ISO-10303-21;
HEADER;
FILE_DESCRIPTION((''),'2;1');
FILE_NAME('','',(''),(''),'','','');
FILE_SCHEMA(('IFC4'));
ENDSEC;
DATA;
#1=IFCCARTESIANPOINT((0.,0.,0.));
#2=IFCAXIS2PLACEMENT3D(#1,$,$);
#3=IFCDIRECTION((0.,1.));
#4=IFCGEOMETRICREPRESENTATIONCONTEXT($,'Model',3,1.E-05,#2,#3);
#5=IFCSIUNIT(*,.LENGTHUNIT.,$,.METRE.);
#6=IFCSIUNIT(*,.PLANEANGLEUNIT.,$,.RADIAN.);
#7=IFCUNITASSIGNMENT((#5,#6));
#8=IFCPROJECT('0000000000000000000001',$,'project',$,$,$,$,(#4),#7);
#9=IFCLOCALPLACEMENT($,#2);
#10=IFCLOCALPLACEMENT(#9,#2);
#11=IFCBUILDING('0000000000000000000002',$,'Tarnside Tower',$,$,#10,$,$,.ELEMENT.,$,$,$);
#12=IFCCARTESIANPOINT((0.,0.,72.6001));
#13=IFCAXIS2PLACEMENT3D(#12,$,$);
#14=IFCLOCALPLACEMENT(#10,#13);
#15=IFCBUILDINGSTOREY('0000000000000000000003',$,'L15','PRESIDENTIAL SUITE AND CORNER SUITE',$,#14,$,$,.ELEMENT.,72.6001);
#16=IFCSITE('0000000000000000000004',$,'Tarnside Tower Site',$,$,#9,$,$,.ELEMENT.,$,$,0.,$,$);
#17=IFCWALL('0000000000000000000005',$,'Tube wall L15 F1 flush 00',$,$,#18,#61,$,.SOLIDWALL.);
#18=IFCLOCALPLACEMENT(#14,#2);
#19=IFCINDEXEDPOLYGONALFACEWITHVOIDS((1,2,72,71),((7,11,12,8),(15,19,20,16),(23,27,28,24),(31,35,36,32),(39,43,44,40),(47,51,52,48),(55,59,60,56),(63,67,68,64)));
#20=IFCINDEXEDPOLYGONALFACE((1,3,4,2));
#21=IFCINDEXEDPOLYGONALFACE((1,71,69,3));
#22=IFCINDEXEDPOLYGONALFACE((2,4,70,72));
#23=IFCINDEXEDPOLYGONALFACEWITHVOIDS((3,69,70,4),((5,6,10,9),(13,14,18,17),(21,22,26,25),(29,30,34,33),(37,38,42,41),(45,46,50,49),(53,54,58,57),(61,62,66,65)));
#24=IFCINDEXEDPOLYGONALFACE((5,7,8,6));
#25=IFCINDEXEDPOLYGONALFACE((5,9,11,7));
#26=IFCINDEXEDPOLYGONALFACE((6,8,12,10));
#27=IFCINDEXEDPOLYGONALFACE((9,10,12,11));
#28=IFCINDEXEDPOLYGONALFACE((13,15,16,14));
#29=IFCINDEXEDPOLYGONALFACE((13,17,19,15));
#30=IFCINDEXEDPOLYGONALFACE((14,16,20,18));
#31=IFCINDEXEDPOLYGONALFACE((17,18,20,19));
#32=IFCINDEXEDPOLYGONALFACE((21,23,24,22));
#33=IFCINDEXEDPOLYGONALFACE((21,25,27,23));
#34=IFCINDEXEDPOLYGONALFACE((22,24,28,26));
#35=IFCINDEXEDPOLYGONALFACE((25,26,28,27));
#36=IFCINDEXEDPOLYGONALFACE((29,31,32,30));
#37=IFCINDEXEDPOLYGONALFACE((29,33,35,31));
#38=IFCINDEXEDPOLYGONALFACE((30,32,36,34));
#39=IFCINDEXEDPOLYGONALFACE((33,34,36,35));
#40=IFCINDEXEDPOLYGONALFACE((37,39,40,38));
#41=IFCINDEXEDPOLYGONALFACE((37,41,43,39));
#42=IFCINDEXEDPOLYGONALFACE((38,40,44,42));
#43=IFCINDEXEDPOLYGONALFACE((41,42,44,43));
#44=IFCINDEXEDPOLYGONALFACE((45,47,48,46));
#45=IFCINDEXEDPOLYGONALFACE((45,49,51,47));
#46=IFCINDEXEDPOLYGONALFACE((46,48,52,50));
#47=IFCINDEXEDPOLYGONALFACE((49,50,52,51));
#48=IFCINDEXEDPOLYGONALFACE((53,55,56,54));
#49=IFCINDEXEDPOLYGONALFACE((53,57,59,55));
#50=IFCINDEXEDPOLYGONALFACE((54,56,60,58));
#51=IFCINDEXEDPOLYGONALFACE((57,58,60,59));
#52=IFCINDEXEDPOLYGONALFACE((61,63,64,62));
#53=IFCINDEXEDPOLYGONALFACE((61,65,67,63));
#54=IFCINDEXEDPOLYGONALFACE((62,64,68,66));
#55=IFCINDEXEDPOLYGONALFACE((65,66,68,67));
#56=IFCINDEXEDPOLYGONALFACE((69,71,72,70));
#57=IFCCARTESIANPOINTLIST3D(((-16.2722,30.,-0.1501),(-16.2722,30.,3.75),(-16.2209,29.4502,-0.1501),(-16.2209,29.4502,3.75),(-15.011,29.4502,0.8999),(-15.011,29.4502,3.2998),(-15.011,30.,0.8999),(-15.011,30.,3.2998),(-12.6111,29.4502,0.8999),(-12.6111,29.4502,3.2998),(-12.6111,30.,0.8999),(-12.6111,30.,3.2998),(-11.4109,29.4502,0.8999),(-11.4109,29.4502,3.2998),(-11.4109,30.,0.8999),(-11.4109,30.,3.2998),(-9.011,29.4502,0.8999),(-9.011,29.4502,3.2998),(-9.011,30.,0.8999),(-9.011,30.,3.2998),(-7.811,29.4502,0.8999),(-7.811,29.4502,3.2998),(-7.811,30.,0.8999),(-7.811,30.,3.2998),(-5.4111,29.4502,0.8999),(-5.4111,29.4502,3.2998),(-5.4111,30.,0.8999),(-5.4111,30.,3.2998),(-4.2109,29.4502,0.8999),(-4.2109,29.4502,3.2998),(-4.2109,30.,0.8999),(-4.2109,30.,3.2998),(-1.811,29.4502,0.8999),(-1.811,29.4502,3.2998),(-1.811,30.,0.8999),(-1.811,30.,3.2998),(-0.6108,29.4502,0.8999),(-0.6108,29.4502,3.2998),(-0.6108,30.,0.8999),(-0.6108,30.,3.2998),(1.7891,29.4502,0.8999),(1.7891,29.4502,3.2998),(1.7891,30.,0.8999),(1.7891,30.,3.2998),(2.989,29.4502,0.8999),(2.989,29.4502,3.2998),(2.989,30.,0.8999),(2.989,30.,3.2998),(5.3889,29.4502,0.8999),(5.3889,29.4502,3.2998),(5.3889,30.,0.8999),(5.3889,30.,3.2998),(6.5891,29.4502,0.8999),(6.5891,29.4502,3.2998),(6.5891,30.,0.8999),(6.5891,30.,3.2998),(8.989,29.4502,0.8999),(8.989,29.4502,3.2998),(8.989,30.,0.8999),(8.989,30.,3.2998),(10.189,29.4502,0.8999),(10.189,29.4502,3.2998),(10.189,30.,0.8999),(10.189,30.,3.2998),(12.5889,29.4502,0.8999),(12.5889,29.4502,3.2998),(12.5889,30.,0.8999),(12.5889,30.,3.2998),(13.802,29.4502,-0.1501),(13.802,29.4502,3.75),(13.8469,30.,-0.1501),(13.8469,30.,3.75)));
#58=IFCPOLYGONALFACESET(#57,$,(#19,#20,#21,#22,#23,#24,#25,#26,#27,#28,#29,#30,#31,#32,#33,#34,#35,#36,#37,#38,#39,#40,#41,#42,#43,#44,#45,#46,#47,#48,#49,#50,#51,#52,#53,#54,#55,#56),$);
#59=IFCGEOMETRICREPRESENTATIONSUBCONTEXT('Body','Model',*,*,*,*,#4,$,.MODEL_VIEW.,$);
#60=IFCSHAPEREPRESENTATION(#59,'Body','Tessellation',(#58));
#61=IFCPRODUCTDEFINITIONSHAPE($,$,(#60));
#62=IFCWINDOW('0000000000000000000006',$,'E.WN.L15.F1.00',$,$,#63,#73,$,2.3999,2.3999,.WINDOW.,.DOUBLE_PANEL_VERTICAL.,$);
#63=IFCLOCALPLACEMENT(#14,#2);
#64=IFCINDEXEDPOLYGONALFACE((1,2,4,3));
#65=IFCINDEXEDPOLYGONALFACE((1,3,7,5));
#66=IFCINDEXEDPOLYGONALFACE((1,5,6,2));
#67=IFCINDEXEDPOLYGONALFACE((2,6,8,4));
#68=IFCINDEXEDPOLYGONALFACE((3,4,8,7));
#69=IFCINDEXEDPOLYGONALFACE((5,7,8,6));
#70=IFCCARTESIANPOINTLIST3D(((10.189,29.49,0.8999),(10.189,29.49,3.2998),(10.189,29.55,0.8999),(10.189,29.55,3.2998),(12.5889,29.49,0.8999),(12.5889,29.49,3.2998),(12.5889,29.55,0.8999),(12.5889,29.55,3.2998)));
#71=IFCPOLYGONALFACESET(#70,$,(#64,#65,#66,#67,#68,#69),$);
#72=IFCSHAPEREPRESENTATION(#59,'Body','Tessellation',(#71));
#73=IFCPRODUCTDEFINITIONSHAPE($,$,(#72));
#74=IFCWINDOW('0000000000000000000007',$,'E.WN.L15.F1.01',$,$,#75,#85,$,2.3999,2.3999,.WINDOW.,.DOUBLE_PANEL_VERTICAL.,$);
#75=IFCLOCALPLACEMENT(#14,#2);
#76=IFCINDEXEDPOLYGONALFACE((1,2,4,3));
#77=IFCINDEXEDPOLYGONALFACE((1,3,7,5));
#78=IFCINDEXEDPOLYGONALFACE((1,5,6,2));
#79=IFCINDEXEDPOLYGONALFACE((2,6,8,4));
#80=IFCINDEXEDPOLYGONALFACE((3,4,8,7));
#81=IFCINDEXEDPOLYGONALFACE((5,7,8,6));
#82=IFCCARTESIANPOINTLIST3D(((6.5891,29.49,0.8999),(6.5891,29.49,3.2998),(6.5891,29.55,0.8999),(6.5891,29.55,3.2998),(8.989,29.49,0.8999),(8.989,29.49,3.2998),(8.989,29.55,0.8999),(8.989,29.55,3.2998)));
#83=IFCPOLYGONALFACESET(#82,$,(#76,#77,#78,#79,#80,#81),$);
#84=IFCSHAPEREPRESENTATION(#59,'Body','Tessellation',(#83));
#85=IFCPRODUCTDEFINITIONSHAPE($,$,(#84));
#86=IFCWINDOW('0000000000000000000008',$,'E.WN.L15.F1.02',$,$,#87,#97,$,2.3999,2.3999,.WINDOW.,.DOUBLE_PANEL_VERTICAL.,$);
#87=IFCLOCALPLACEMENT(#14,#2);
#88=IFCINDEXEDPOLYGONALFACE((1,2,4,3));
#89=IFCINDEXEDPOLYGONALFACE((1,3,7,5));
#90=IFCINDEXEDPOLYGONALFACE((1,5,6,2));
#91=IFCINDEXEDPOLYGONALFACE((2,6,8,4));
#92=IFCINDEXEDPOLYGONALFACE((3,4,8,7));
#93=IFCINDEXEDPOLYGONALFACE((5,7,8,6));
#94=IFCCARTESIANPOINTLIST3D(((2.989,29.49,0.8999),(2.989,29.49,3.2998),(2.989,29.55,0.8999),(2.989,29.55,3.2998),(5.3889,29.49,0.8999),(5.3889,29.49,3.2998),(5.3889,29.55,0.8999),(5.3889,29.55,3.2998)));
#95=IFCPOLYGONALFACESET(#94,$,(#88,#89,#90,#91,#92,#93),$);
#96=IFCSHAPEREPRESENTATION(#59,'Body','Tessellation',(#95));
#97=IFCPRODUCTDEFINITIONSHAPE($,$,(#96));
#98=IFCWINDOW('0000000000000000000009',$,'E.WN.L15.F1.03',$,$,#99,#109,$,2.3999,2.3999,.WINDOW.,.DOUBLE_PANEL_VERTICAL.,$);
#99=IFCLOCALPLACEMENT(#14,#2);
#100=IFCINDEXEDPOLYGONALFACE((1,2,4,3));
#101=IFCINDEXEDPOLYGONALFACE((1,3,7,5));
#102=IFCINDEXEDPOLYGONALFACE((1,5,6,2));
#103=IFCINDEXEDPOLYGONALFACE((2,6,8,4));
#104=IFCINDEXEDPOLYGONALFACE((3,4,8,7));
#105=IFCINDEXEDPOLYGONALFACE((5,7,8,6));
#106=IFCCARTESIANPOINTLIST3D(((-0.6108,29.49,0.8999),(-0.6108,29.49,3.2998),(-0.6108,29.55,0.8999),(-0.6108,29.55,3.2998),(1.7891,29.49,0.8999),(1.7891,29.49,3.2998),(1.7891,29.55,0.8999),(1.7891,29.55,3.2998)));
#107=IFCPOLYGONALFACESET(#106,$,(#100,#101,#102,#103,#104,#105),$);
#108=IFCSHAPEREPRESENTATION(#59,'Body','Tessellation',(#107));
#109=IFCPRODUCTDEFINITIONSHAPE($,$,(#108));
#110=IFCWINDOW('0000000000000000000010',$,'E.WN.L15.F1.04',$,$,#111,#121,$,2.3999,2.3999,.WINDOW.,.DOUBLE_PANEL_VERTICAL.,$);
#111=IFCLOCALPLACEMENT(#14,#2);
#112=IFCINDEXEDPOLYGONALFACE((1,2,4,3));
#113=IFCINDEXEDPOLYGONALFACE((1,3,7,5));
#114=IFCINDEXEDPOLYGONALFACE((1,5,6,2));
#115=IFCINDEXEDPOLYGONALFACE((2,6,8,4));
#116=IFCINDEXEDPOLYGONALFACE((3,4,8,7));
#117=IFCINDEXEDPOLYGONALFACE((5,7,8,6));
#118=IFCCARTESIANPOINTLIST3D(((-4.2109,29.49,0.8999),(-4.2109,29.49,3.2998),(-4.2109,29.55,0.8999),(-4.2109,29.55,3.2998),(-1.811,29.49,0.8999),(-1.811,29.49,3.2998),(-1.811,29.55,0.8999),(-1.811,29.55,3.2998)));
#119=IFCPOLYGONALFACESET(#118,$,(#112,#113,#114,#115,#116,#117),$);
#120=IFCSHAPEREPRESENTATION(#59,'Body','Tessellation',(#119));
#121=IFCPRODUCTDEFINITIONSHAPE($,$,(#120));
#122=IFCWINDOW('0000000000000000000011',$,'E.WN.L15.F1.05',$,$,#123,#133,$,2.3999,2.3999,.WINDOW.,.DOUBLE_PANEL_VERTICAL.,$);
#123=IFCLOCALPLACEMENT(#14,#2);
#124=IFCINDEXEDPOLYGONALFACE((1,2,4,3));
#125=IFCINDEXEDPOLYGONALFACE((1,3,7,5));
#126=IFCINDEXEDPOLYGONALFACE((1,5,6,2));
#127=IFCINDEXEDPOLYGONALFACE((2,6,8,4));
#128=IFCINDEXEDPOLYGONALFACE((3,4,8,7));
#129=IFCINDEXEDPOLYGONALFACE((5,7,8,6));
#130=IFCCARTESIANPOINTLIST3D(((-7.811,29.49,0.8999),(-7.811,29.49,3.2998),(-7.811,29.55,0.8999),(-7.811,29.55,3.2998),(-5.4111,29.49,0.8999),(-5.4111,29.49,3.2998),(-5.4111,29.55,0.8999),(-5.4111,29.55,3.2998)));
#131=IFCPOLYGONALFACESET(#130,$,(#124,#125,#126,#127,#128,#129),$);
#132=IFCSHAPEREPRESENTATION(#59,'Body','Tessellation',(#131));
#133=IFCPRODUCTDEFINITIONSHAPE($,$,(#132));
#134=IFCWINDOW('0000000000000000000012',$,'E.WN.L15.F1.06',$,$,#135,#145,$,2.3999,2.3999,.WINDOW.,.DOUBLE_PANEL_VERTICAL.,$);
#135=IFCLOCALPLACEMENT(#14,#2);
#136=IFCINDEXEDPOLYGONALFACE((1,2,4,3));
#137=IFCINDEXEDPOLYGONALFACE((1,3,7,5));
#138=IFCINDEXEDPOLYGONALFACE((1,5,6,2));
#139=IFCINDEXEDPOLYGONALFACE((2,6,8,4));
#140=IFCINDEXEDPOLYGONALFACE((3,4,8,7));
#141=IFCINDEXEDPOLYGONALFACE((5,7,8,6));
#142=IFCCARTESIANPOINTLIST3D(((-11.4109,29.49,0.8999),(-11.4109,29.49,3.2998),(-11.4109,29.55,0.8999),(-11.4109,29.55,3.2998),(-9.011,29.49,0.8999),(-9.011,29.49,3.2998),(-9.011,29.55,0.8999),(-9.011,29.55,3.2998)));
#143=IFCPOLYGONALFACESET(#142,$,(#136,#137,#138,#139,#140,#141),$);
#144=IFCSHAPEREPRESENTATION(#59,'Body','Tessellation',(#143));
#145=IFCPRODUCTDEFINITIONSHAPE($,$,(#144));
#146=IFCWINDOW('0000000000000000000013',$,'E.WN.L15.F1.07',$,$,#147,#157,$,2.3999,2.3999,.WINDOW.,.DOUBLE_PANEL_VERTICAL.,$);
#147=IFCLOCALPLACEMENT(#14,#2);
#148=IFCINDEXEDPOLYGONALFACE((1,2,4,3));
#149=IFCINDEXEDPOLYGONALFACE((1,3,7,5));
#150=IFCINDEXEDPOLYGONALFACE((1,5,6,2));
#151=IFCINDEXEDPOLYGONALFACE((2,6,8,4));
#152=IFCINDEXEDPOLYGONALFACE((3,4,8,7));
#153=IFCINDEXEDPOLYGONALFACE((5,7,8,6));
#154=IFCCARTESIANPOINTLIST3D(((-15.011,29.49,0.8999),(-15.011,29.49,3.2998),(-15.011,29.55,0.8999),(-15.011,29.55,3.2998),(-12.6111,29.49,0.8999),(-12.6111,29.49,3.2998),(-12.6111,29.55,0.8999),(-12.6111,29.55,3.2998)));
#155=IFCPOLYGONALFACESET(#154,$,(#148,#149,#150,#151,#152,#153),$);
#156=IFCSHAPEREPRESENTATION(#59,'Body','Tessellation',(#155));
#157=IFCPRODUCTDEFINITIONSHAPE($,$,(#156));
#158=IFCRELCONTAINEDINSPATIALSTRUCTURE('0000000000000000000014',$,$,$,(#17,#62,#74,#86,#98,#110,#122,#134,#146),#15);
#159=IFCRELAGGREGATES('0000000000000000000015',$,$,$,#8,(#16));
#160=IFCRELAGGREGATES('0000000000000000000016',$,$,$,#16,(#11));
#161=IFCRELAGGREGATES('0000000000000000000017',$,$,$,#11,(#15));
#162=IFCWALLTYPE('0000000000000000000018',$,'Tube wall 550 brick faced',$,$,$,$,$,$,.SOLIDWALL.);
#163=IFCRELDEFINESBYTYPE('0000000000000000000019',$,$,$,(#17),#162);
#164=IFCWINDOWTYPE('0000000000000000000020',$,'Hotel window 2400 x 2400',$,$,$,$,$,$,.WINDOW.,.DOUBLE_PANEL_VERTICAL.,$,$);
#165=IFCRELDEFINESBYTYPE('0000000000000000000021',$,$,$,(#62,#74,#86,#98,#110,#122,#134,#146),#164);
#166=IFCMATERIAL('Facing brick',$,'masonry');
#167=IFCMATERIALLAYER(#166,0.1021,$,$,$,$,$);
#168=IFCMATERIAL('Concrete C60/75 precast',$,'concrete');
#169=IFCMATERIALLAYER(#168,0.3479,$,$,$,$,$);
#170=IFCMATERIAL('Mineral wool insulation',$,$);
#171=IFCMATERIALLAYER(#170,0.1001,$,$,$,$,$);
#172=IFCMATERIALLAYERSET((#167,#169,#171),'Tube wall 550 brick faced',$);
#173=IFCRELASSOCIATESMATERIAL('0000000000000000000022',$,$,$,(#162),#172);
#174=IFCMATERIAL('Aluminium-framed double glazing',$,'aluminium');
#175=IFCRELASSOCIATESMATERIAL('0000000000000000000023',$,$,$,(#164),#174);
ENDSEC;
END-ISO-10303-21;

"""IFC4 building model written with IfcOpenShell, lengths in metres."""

from ifc_helpers import new_model, si_unit, direction, frame, frame_2d, origin, place, context, subcontext, project, spatial, polyline, rectangle, outline, extrude, material, layer, layer_set, type_object, element, fill, save


model = new_model("IFC4")

# Units and contexts
model_context = context("Model", 3, precision=1e-05, world=origin(), true_north=direction((0.0, 1.0)))
body_context = subcontext(model_context, "Body", "Model", "MODEL_VIEW")
ifc_project = project(units=[si_unit("LENGTHUNIT", "METRE"), si_unit("PLANEANGLEUNIT", "RADIAN")], contexts=[model_context])

# Site, building, storey
site_placement = place(None, origin())
site = spatial("IfcSite", under=ifc_project, at=site_placement, Name="Tarnside Tower Site", CompositionType="ELEMENT", RefElevation=0.0)
building_placement = place(site_placement, origin())
building = spatial("IfcBuilding", under=site, at=building_placement, Name="Tarnside Tower", CompositionType="ELEMENT")
storey_placement = place(building_placement, frame((0.0, 0.0, 72.6001)))
storey = spatial("IfcBuildingStorey", under=building, at=storey_placement, Name="L15", Description="PRESIDENTIAL SUITE AND CORNER SUITE", CompositionType="ELEMENT", Elevation=72.6001)

# Wall, openings, windows
ifc_material_1 = material(Name="Facing brick", Category="masonry")
ifc_layer_1 = layer(ifc_material_1, 0.1021)
ifc_material_2 = material(Name="Concrete C60/75 precast", Category="concrete")
ifc_layer_2 = layer(ifc_material_2, 0.3479)
ifc_material_3 = material(Name="Mineral wool insulation")
ifc_layer_3 = layer(ifc_material_3, 0.1001)
ifc_layer_set_1 = layer_set([ifc_layer_1, ifc_layer_2, ifc_layer_3], Name="Tube wall 550 brick faced")
wall_type_1 = type_object("IfcWallType", Name="Tube wall 550 brick faced", PredefinedType="SOLIDWALL", material=ifc_layer_set_1)
wall_1_placement = place(storey_placement, frame((13.8245, 29.7251, -0.1501), z_axis=(0.0, 0.0, 1.0), x_axis=(-1.0, 0.0, 0.0)))
wall_1 = element("IfcWall", 1, at=wall_1_placement, inside=storey, type_object=wall_type_1, Name="Tube wall L15 F1 flush 00", PredefinedType="SOLIDWALL", context=body_context, shape_type="SweptSolid", body=[
    extrude(outline(polyline([(-0.0225, -0.2749), (30.0967, -0.2749), (30.0454, 0.2749), (0.0225, 0.2749), (-0.0225, -0.2749)])), origin(), (0.0, 0.0, 1.0), 3.9001),
])
opening_1_placement = place(wall_1_placement, frame((1.2356, 0.0, 1.05)))
opening_1 = element("IfcOpeningElement", 2, at=opening_1_placement, cuts=wall_1, PredefinedType="OPENING", context=body_context, shape_type="SweptSolid", body=[
    extrude(rectangle(XDim=2.3999, YDim=2.3999, at=frame_2d((1.2, 1.2))), frame((0.0, 0.2852, 0.0), z_axis=(0.0, -1.0, 0.0), x_axis=(1.0, 0.0, 0.0)), (0.0, 0.0, 1.0), 0.5701),
])
opening_2_placement = place(wall_1_placement, frame((4.8354, 0.0, 1.05)))
opening_2 = element("IfcOpeningElement", 3, at=opening_2_placement, cuts=wall_1, PredefinedType="OPENING", context=body_context, shape_type="SweptSolid", body=[
    extrude(rectangle(XDim=2.3999, YDim=2.3999, at=frame_2d((1.2, 1.2))), frame((0.0, 0.2852, 0.0), z_axis=(0.0, -1.0, 0.0), x_axis=(1.0, 0.0, 0.0)), (0.0, 0.0, 1.0), 0.5701),
])
opening_3_placement = place(wall_1_placement, frame((8.4355, 0.0, 1.05)))
opening_3 = element("IfcOpeningElement", 4, at=opening_3_placement, cuts=wall_1, PredefinedType="OPENING", context=body_context, shape_type="SweptSolid", body=[
    extrude(rectangle(XDim=2.3999, YDim=2.3999, at=frame_2d((1.2, 1.2))), frame((0.0, 0.2852, 0.0), z_axis=(0.0, -1.0, 0.0), x_axis=(1.0, 0.0, 0.0)), (0.0, 0.0, 1.0), 0.5701),
])
opening_4_placement = place(wall_1_placement, frame((12.0354, 0.0, 1.05)))
opening_4 = element("IfcOpeningElement", 5, at=opening_4_placement, cuts=wall_1, PredefinedType="OPENING", context=body_context, shape_type="SweptSolid", body=[
    extrude(rectangle(XDim=2.3999, YDim=2.3999, at=frame_2d((1.2, 1.2))), frame((0.0, 0.2852, 0.0), z_axis=(0.0, -1.0, 0.0), x_axis=(1.0, 0.0, 0.0)), (0.0, 0.0, 1.0), 0.5701),
])
opening_5_placement = place(wall_1_placement, frame((15.6355, 0.0, 1.05)))
opening_5 = element("IfcOpeningElement", 6, at=opening_5_placement, cuts=wall_1, PredefinedType="OPENING", context=body_context, shape_type="SweptSolid", body=[
    extrude(rectangle(XDim=2.3999, YDim=2.3999, at=frame_2d((1.2, 1.2))), frame((0.0, 0.2852, 0.0), z_axis=(0.0, -1.0, 0.0), x_axis=(1.0, 0.0, 0.0)), (0.0, 0.0, 1.0), 0.5701),
])
opening_6_placement = place(wall_1_placement, frame((19.2356, 0.0, 1.05)))
opening_6 = element("IfcOpeningElement", 7, at=opening_6_placement, cuts=wall_1, PredefinedType="OPENING", context=body_context, shape_type="SweptSolid", body=[
    extrude(rectangle(XDim=2.3999, YDim=2.3999, at=frame_2d((1.2, 1.2))), frame((0.0, 0.2852, 0.0), z_axis=(0.0, -1.0, 0.0), x_axis=(1.0, 0.0, 0.0)), (0.0, 0.0, 1.0), 0.5701),
])
opening_7_placement = place(wall_1_placement, frame((22.8354, 0.0, 1.05)))
opening_7 = element("IfcOpeningElement", 8, at=opening_7_placement, cuts=wall_1, PredefinedType="OPENING", context=body_context, shape_type="SweptSolid", body=[
    extrude(rectangle(XDim=2.3999, YDim=2.3999, at=frame_2d((1.2, 1.2))), frame((0.0, 0.2852, 0.0), z_axis=(0.0, -1.0, 0.0), x_axis=(1.0, 0.0, 0.0)), (0.0, 0.0, 1.0), 0.5701),
])
opening_8_placement = place(wall_1_placement, frame((26.4355, 0.0, 1.05)))
opening_8 = element("IfcOpeningElement", 9, at=opening_8_placement, cuts=wall_1, PredefinedType="OPENING", context=body_context, shape_type="SweptSolid", body=[
    extrude(rectangle(XDim=2.3999, YDim=2.3999, at=frame_2d((1.2, 1.2))), frame((0.0, 0.2852, 0.0), z_axis=(0.0, -1.0, 0.0), x_axis=(1.0, 0.0, 0.0)), (0.0, 0.0, 1.0), 0.5701),
])
ifc_material_4 = material(Name="Aluminium-framed double glazing", Category="aluminium")
window_type = type_object("IfcWindowType", Name="Hotel window 2400 x 2400", PartitioningType="DOUBLE_PANEL_VERTICAL", PredefinedType="WINDOW", material=ifc_material_4)
window_1_placement = place(opening_1_placement, frame((0.0, 0.2051, 0.0)))
window_1 = element("IfcWindow", 10, at=window_1_placement, inside=storey, type_object=window_type, Name="E.WN.L15.F1.00", OverallHeight=2.3999, OverallWidth=2.3999, PartitioningType="DOUBLE_PANEL_VERTICAL", PredefinedType="WINDOW", context=body_context, shape_type="SweptSolid", body=[
    extrude(rectangle(XDim=2.3999, YDim=2.3999, at=frame_2d((1.2, 1.2))), frame((0.0, 0.03, 0.0), z_axis=(0.0, -1.0, 0.0), x_axis=(1.0, 0.0, 0.0)), (0.0, 0.0, 1.0), 0.0601),
])
fill(opening_1, window_1)
window_2_placement = place(opening_2_placement, frame((0.0, 0.2051, 0.0)))
window_2 = element("IfcWindow", 11, at=window_2_placement, inside=storey, type_object=window_type, Name="E.WN.L15.F1.01", OverallHeight=2.3999, OverallWidth=2.3999, PartitioningType="DOUBLE_PANEL_VERTICAL", PredefinedType="WINDOW", context=body_context, shape_type="SweptSolid", body=[
    extrude(rectangle(XDim=2.3999, YDim=2.3999, at=frame_2d((1.2, 1.2))), frame((0.0, 0.03, 0.0), z_axis=(0.0, -1.0, 0.0), x_axis=(1.0, 0.0, 0.0)), (0.0, 0.0, 1.0), 0.0601),
])
fill(opening_2, window_2)
window_3_placement = place(opening_3_placement, frame((0.0, 0.2051, 0.0)))
window_3 = element("IfcWindow", 12, at=window_3_placement, inside=storey, type_object=window_type, Name="E.WN.L15.F1.02", OverallHeight=2.3999, OverallWidth=2.3999, PartitioningType="DOUBLE_PANEL_VERTICAL", PredefinedType="WINDOW", context=body_context, shape_type="SweptSolid", body=[
    extrude(rectangle(XDim=2.3999, YDim=2.3999, at=frame_2d((1.2, 1.2))), frame((0.0, 0.03, 0.0), z_axis=(0.0, -1.0, 0.0), x_axis=(1.0, 0.0, 0.0)), (0.0, 0.0, 1.0), 0.0601),
])
fill(opening_3, window_3)
window_4_placement = place(opening_4_placement, frame((0.0, 0.2051, 0.0)))
window_4 = element("IfcWindow", 13, at=window_4_placement, inside=storey, type_object=window_type, Name="E.WN.L15.F1.03", OverallHeight=2.3999, OverallWidth=2.3999, PartitioningType="DOUBLE_PANEL_VERTICAL", PredefinedType="WINDOW", context=body_context, shape_type="SweptSolid", body=[
    extrude(rectangle(XDim=2.3999, YDim=2.3999, at=frame_2d((1.2, 1.2))), frame((0.0, 0.03, 0.0), z_axis=(0.0, -1.0, 0.0), x_axis=(1.0, 0.0, 0.0)), (0.0, 0.0, 1.0), 0.0601),
])
fill(opening_4, window_4)
window_5_placement = place(opening_5_placement, frame((0.0, 0.2051, 0.0)))
window_5 = element("IfcWindow", 14, at=window_5_placement, inside=storey, type_object=window_type, Name="E.WN.L15.F1.04", OverallHeight=2.3999, OverallWidth=2.3999, PartitioningType="DOUBLE_PANEL_VERTICAL", PredefinedType="WINDOW", context=body_context, shape_type="SweptSolid", body=[
    extrude(rectangle(XDim=2.3999, YDim=2.3999, at=frame_2d((1.2, 1.2))), frame((0.0, 0.03, 0.0), z_axis=(0.0, -1.0, 0.0), x_axis=(1.0, 0.0, 0.0)), (0.0, 0.0, 1.0), 0.0601),
])
fill(opening_5, window_5)
window_6_placement = place(opening_6_placement, frame((0.0, 0.2051, 0.0)))
window_6 = element("IfcWindow", 15, at=window_6_placement, inside=storey, type_object=window_type, Name="E.WN.L15.F1.05", OverallHeight=2.3999, OverallWidth=2.3999, PartitioningType="DOUBLE_PANEL_VERTICAL", PredefinedType="WINDOW", context=body_context, shape_type="SweptSolid", body=[
    extrude(rectangle(XDim=2.3999, YDim=2.3999, at=frame_2d((1.2, 1.2))), frame((0.0, 0.03, 0.0), z_axis=(0.0, -1.0, 0.0), x_axis=(1.0, 0.0, 0.0)), (0.0, 0.0, 1.0), 0.0601),
])
fill(opening_6, window_6)
window_7_placement = place(opening_7_placement, frame((0.0, 0.2051, 0.0)))
window_7 = element("IfcWindow", 16, at=window_7_placement, inside=storey, type_object=window_type, Name="E.WN.L15.F1.06", OverallHeight=2.3999, OverallWidth=2.3999, PartitioningType="DOUBLE_PANEL_VERTICAL", PredefinedType="WINDOW", context=body_context, shape_type="SweptSolid", body=[
    extrude(rectangle(XDim=2.3999, YDim=2.3999, at=frame_2d((1.2, 1.2))), frame((0.0, 0.03, 0.0), z_axis=(0.0, -1.0, 0.0), x_axis=(1.0, 0.0, 0.0)), (0.0, 0.0, 1.0), 0.0601),
])
fill(opening_7, window_7)
window_8_placement = place(opening_8_placement, frame((0.0, 0.2051, 0.0)))
window_8 = element("IfcWindow", 17, at=window_8_placement, inside=storey, type_object=window_type, Name="E.WN.L15.F1.07", OverallHeight=2.3999, OverallWidth=2.3999, PartitioningType="DOUBLE_PANEL_VERTICAL", PredefinedType="WINDOW", context=body_context, shape_type="SweptSolid", body=[
    extrude(rectangle(XDim=2.3999, YDim=2.3999, at=frame_2d((1.2, 1.2))), frame((0.0, 0.03, 0.0), z_axis=(0.0, -1.0, 0.0), x_axis=(1.0, 0.0, 0.0)), (0.0, 0.0, 1.0), 0.0601),
])
fill(opening_8, window_8)

save(model, "model.ifc")
